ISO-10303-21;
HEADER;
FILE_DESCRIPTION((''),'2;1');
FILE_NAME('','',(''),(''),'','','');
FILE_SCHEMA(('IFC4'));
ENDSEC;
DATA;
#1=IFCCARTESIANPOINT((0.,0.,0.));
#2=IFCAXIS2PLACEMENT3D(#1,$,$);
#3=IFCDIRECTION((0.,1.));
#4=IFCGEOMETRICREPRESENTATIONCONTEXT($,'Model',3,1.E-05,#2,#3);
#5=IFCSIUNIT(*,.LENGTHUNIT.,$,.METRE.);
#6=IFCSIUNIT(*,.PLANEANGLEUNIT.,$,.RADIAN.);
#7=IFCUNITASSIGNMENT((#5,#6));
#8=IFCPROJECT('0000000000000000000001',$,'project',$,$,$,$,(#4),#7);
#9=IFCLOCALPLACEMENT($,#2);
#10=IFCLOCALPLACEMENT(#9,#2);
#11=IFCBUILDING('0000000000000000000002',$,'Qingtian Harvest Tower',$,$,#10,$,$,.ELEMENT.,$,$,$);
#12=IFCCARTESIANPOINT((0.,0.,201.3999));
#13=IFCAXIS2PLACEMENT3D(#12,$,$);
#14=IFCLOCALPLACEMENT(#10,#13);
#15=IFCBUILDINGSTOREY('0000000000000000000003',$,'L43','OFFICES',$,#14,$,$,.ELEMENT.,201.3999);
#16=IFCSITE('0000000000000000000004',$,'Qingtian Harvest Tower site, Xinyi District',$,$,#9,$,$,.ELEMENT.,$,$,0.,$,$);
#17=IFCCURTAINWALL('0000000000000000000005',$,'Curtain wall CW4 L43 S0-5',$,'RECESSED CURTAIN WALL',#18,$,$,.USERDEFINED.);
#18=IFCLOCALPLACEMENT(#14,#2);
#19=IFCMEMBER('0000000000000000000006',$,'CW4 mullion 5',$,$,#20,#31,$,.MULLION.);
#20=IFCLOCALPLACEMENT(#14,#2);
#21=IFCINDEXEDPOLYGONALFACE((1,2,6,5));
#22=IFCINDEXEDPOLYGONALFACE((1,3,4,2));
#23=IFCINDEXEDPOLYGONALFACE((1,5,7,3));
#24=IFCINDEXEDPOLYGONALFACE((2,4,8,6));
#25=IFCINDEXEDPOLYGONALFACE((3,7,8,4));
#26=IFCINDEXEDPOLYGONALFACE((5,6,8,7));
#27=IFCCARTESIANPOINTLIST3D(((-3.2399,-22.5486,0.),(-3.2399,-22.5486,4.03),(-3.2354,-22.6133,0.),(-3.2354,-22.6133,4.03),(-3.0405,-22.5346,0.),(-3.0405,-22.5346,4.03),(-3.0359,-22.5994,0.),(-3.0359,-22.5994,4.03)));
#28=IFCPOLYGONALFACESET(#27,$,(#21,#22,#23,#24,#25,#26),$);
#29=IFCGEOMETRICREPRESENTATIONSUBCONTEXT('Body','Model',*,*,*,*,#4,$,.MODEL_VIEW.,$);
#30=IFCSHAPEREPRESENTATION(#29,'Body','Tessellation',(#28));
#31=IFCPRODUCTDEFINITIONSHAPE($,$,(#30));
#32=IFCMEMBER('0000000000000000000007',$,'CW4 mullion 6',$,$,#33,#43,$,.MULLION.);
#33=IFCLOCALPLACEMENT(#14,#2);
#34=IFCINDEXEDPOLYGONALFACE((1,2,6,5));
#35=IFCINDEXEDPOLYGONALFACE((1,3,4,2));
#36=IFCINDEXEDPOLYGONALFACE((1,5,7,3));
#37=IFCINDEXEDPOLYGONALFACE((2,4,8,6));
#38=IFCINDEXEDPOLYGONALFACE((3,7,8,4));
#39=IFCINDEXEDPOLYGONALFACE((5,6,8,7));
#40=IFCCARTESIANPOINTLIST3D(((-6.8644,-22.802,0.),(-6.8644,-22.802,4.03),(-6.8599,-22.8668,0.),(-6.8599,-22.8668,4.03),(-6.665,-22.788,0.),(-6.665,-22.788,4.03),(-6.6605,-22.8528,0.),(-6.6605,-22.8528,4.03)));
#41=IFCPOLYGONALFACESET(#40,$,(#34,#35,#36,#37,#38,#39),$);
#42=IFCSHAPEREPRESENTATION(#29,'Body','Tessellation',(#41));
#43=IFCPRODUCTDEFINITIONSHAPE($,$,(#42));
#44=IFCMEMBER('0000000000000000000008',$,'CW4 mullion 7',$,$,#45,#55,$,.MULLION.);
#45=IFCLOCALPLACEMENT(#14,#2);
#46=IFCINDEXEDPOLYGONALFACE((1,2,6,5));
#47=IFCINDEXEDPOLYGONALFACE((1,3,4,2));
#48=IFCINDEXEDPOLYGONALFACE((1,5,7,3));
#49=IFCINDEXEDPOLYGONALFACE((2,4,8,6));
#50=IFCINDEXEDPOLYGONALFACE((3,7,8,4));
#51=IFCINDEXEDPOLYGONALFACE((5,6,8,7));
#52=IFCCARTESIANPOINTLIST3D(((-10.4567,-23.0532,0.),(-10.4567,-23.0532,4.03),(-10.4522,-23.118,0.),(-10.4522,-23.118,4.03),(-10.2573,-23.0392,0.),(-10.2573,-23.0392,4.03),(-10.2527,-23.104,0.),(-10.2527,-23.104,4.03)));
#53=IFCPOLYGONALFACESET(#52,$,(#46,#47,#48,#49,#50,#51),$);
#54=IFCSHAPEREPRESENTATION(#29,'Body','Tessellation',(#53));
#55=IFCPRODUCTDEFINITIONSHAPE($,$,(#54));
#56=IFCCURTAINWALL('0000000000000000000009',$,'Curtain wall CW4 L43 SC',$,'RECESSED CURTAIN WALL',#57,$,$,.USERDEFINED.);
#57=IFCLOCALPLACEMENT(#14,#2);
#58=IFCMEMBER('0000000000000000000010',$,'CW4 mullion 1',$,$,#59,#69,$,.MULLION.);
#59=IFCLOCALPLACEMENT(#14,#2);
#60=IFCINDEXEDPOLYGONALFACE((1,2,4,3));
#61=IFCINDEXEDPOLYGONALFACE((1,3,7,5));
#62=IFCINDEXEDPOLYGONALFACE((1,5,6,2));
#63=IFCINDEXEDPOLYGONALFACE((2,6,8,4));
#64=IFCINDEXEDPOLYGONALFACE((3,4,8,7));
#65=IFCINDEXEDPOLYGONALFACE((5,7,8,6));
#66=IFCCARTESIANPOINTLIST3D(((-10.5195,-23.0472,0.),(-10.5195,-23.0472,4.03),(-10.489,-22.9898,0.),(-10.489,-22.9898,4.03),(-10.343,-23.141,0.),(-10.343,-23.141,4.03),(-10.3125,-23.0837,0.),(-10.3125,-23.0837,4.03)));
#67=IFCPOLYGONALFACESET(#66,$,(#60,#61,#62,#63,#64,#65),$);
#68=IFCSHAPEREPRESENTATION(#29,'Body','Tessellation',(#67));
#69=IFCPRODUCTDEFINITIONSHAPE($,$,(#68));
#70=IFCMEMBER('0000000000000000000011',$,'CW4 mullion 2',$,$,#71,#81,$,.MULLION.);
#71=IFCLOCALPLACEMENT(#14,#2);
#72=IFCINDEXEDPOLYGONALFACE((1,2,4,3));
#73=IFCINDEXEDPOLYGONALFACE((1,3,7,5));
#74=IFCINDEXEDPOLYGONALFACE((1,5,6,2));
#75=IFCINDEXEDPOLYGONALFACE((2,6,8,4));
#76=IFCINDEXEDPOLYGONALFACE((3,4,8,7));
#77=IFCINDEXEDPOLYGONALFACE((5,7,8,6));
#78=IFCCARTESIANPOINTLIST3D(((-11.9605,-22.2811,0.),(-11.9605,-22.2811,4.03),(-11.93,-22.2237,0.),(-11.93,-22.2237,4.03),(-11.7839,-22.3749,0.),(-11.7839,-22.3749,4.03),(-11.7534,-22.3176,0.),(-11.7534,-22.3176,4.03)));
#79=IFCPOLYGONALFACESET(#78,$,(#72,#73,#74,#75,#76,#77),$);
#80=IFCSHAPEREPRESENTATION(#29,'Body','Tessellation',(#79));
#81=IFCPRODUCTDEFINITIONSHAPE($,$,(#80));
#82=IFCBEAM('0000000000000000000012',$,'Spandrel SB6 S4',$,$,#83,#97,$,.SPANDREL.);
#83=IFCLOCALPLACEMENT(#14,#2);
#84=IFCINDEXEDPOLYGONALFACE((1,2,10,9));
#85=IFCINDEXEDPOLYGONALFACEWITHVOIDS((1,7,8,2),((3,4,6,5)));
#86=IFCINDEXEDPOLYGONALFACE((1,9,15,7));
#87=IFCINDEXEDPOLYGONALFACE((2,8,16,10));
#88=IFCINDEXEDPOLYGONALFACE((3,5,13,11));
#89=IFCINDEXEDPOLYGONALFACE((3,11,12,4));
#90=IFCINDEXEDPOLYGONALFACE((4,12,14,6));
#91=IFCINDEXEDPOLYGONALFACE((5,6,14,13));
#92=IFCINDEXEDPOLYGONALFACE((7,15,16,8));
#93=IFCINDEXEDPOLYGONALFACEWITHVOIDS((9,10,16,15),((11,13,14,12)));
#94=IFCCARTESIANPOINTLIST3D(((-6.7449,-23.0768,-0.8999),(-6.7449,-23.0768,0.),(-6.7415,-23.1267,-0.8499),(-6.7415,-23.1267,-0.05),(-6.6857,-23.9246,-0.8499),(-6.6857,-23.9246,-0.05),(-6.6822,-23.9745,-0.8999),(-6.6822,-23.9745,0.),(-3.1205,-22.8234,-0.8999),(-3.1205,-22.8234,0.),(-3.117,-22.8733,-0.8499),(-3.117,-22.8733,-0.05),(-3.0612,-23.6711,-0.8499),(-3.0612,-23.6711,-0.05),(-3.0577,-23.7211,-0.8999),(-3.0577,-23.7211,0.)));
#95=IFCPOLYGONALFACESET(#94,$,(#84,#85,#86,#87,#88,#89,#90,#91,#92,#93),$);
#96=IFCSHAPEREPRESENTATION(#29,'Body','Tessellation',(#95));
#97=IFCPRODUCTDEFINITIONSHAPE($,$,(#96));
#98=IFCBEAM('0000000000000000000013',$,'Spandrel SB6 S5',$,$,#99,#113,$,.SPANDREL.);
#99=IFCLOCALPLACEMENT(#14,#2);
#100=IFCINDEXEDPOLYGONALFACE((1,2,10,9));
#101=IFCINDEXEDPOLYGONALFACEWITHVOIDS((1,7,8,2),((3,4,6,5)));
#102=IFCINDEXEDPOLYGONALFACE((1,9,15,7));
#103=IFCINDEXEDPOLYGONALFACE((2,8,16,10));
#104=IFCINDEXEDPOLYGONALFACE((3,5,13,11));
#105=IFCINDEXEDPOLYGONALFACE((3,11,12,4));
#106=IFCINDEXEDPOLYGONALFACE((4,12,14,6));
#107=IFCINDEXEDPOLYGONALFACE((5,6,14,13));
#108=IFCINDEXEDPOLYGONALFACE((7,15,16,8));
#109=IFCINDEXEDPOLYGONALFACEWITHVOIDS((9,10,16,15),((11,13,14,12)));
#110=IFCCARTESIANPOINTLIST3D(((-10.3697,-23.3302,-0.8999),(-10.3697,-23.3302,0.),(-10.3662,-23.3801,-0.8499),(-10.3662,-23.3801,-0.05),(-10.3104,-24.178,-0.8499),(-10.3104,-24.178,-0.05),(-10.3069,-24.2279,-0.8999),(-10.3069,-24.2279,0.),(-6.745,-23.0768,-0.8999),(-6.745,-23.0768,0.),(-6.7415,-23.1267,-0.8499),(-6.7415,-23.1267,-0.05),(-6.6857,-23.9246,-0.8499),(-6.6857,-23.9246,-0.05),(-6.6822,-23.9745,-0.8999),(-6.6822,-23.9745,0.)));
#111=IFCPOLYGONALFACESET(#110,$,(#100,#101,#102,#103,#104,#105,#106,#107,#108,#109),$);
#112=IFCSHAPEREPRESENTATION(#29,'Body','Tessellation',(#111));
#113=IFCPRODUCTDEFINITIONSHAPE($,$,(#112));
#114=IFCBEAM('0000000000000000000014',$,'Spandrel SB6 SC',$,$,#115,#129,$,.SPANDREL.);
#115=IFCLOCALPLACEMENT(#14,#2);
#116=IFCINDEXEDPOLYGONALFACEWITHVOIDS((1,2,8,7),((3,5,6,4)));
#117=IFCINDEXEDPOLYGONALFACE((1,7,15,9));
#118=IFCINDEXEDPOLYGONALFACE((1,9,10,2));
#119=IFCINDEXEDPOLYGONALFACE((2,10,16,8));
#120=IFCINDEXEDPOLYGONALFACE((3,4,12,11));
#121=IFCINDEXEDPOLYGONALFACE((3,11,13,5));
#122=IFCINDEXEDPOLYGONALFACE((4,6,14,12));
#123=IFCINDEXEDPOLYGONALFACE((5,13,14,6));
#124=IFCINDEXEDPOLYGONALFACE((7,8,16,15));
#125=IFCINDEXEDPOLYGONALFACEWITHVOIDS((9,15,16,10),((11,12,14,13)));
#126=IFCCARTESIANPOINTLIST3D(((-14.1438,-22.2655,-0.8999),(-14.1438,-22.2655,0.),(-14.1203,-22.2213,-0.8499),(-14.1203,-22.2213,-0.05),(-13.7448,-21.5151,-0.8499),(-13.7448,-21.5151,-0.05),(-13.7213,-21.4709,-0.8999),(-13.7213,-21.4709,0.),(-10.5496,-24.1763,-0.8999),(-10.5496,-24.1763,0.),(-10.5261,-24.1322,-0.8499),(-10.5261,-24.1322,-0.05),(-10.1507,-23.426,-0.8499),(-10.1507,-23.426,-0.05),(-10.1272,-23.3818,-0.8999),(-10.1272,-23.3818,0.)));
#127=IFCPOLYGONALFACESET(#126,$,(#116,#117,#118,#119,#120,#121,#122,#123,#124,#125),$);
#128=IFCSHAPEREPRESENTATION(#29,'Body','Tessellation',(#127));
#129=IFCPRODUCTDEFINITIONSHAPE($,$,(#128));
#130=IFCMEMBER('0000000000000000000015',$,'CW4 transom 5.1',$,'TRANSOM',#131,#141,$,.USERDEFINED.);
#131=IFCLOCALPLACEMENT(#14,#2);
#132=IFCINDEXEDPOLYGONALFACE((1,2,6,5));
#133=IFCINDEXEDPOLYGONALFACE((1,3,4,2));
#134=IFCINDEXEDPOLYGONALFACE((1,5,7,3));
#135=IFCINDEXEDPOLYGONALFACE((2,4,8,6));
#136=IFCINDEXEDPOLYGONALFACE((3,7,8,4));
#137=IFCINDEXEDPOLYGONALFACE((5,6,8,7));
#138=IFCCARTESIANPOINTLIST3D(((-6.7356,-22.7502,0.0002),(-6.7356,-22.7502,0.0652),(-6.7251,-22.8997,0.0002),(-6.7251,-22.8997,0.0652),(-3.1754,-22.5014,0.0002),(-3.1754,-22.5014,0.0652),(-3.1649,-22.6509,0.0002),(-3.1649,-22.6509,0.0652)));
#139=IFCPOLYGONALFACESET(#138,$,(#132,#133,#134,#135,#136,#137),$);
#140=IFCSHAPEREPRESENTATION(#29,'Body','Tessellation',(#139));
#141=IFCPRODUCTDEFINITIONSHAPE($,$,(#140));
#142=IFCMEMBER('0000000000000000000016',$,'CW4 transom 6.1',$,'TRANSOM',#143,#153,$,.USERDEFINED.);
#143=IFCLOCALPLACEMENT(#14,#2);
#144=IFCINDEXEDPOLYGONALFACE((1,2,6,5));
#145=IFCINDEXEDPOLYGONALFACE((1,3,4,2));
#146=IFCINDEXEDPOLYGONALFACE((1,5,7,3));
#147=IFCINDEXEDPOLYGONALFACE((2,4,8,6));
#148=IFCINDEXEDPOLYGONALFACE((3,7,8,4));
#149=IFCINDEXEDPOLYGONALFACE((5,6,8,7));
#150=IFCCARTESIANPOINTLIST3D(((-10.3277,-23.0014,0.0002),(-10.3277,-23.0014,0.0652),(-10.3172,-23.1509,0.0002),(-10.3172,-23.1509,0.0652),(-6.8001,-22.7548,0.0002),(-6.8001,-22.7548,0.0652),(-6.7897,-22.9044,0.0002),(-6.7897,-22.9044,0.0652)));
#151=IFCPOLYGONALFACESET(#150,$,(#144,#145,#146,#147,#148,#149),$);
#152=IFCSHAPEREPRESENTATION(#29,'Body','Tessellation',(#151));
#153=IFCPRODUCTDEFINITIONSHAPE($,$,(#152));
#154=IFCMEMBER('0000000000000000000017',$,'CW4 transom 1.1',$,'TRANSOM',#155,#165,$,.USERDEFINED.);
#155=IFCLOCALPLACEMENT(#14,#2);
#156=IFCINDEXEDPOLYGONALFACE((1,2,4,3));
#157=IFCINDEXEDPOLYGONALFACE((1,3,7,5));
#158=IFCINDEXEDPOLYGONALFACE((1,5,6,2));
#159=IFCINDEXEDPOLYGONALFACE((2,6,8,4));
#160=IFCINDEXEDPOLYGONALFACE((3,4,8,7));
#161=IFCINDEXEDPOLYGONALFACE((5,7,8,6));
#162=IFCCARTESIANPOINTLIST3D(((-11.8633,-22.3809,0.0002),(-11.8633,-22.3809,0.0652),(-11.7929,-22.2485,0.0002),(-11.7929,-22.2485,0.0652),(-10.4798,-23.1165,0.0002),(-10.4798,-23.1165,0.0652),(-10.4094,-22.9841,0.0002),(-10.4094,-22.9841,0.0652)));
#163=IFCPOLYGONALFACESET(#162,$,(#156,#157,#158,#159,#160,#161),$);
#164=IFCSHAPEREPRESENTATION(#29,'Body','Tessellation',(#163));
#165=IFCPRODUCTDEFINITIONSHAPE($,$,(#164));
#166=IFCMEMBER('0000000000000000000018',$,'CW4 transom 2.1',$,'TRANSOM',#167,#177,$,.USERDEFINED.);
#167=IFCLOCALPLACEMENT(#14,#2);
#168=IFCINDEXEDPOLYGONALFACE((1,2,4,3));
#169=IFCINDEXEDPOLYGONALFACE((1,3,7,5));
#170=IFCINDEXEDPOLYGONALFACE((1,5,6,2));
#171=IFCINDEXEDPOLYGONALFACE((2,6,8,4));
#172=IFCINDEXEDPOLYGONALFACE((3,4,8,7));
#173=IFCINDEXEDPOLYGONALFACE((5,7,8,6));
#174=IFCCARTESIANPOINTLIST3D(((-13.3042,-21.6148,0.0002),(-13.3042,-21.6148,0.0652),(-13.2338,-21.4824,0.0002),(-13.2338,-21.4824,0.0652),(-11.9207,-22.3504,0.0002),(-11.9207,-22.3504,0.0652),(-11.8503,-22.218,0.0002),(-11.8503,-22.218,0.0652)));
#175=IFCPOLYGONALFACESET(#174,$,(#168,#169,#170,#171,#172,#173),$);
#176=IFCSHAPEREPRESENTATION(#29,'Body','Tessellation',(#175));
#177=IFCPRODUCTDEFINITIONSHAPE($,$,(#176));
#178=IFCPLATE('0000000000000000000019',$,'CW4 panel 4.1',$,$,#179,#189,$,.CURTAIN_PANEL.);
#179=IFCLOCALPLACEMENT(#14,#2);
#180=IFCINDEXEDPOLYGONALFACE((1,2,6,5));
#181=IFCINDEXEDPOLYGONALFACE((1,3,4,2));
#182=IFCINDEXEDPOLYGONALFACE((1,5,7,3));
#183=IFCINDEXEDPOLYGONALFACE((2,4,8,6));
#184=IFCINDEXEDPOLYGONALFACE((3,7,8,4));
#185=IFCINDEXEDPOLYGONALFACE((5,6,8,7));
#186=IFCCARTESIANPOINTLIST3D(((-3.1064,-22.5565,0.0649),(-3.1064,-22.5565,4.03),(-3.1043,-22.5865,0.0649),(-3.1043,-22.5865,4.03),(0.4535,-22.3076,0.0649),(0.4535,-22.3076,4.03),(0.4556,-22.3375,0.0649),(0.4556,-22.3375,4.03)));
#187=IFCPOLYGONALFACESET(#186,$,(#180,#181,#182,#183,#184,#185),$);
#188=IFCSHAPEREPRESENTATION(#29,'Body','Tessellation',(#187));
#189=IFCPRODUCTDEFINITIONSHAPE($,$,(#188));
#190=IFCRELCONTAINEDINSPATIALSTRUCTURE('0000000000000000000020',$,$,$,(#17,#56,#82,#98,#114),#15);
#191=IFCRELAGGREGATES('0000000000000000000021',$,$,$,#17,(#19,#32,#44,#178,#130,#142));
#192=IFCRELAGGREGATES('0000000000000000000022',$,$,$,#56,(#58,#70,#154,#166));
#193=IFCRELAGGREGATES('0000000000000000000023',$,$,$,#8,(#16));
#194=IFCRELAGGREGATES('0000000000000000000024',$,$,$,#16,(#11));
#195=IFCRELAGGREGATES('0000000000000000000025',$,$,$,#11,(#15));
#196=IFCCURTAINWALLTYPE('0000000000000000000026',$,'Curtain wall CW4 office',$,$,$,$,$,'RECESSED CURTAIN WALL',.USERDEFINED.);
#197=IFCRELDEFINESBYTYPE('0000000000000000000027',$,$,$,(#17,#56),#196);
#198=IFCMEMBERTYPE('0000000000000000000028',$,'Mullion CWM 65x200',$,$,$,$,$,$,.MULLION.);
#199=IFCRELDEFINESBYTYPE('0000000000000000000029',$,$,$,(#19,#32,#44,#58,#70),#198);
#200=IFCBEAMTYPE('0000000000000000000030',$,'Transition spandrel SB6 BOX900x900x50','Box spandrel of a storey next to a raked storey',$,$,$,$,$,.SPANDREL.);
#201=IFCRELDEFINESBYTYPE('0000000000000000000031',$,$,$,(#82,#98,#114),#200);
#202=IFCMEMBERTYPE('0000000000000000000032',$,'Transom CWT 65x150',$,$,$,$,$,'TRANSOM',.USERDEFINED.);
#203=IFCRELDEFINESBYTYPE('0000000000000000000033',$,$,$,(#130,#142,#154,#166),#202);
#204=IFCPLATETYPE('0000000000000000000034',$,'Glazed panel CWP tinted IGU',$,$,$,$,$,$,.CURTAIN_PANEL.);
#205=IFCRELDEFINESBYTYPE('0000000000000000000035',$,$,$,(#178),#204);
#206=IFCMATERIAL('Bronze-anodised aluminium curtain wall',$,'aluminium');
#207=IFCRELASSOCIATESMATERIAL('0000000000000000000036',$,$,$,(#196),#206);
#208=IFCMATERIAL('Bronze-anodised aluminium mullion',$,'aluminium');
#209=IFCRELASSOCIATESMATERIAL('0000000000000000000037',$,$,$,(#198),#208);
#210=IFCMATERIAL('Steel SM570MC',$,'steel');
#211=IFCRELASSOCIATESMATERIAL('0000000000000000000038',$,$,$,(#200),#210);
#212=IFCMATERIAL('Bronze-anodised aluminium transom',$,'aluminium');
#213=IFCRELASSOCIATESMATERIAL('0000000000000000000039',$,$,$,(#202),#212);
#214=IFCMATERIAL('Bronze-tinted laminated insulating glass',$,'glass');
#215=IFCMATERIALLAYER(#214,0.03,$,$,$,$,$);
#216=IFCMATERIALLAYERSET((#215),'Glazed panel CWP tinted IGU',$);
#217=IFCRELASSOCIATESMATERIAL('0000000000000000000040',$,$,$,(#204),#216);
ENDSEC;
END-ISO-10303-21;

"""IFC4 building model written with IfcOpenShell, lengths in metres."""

from ifc_helpers import new_model, si_unit, direction, frame, origin, origin_2d, place, context, subcontext, project, spatial, rectangle, hollow_rectangle, extrude, material, layer, layer_set, material_profile, profile_set, type_object, element, aggregate, save


model = new_model("IFC4")

# Units and contexts
model_context = context("Model", 3, precision=1e-05, world=origin(), true_north=direction((0.0, 1.0)))
body_context = subcontext(model_context, "Body", "Model", "MODEL_VIEW")
ifc_project = project(units=[si_unit("LENGTHUNIT", "METRE"), si_unit("PLANEANGLEUNIT", "RADIAN")], contexts=[model_context])

# Site, building, storey
site_placement = place(None, origin())
site = spatial("IfcSite", under=ifc_project, at=site_placement, Name="Qingtian Harvest Tower site, Xinyi District", CompositionType="ELEMENT", RefElevation=0.0)
building_placement = place(site_placement, origin())
building = spatial("IfcBuilding", under=site, at=building_placement, Name="Qingtian Harvest Tower", CompositionType="ELEMENT")
storey_placement = place(building_placement, frame((0.0, 0.0, 201.3999)))
storey = spatial("IfcBuildingStorey", under=building, at=storey_placement, Name="L43", Description="OFFICES", CompositionType="ELEMENT", Elevation=201.3999)

# Curtain walls, members
ifc_material_1 = material(Name="Bronze-anodised aluminium curtain wall", Category="aluminium")
curtain_wall_type = type_object("IfcCurtainWallType", Name="Curtain wall CW4 office", ElementType="RECESSED CURTAIN WALL", PredefinedType="USERDEFINED", material=ifc_material_1)
curtain_wall_1_placement = place(storey_placement, origin())
curtain_wall_1 = element("IfcCurtainWall", 1, at=curtain_wall_1_placement, inside=storey, type_object=curtain_wall_type, Name="Curtain wall CW4 L43 S0-5", ObjectType="RECESSED CURTAIN WALL", PredefinedType="USERDEFINED")
ifc_material_2 = material(Name="Bronze-anodised aluminium mullion", Category="aluminium")
ifc_material_profile_1 = material_profile(ifc_material_2, rectangle(XDim=0.0649, YDim=0.2, at=origin_2d()), Name="AL 65x200")
ifc_profile_set_1 = profile_set([ifc_material_profile_1], Name="Bronze-anodised aluminium mullion")
member_type_1 = type_object("IfcMemberType", Name="Mullion CWM 65x200", PredefinedType="MULLION", material=ifc_profile_set_1)
member_1_placement = place(storey_placement, frame((-3.1379, -22.574, 0.0), z_axis=(0.0, 0.0, 1.0), x_axis=(0.069756, -0.997564, 0.0)))
member_1 = element("IfcMember", 2, at=member_1_placement, type_object=member_type_1, Name="CW4 mullion 5", PredefinedType="MULLION", context=body_context, shape_type="SweptSolid", body=[
    extrude(rectangle(XDim=0.0649, YDim=0.2, at=origin_2d()), origin(), (0.0, 0.0, 1.0), 4.03),
])
member_2_placement = place(storey_placement, frame((-6.7625, -22.8274, 0.0), z_axis=(0.0, 0.0, 1.0), x_axis=(0.069756, -0.997564, 0.0)))
member_2 = element("IfcMember", 3, at=member_2_placement, type_object=member_type_1, Name="CW4 mullion 6", PredefinedType="MULLION", context=body_context, shape_type="SweptSolid", body=[
    extrude(rectangle(XDim=0.0649, YDim=0.2, at=origin_2d()), origin(), (0.0, 0.0, 1.0), 4.03),
])
member_3_placement = place(storey_placement, frame((-10.3547, -23.0786, 0.0), z_axis=(0.0, 0.0, 1.0), x_axis=(0.069756, -0.997564, 0.0)))
member_3 = element("IfcMember", 4, at=member_3_placement, type_object=member_type_1, Name="CW4 mullion 7", PredefinedType="MULLION", context=body_context, shape_type="SweptSolid", body=[
    extrude(rectangle(XDim=0.0649, YDim=0.2, at=origin_2d()), origin(), (0.0, 0.0, 1.0), 4.03),
])
curtain_wall_2_placement = place(storey_placement, origin())
curtain_wall_2 = element("IfcCurtainWall", 5, at=curtain_wall_2_placement, inside=storey, type_object=curtain_wall_type, Name="Curtain wall CW4 L43 SC", ObjectType="RECESSED CURTAIN WALL", PredefinedType="USERDEFINED")
member_4_placement = place(storey_placement, frame((-10.416, -23.0654, 0.0), z_axis=(0.0, 0.0, 1.0), x_axis=(-0.469472, -0.882948, 0.0)))
member_4 = element("IfcMember", 6, at=member_4_placement, type_object=member_type_1, Name="CW4 mullion 1", PredefinedType="MULLION", context=body_context, shape_type="SweptSolid", body=[
    extrude(rectangle(XDim=0.0649, YDim=0.2, at=origin_2d()), origin(), (0.0, 0.0, 1.0), 4.03),
])
member_5_placement = place(storey_placement, frame((-11.8569, -22.2993, 0.0), z_axis=(0.0, 0.0, 1.0), x_axis=(-0.469472, -0.882948, 0.0)))
member_5 = element("IfcMember", 7, at=member_5_placement, type_object=member_type_1, Name="CW4 mullion 2", PredefinedType="MULLION", context=body_context, shape_type="SweptSolid", body=[
    extrude(rectangle(XDim=0.0649, YDim=0.2, at=origin_2d()), origin(), (0.0, 0.0, 1.0), 4.03),
])

# Beams
ifc_material_3 = material(Name="Steel SM570MC", Category="steel")
ifc_material_profile_2 = material_profile(ifc_material_3, hollow_rectangle(XDim=0.8999, YDim=0.8999, WallThickness=0.05, at=origin_2d()), Name="BOX900x900x50")
ifc_profile_set_2 = profile_set([ifc_material_profile_2], Name="Steel SM570MC")
beam_type_1 = type_object("IfcBeamType", Name="Transition spandrel SB6 BOX900x900x50", Description="Box spandrel of a storey next to a raked storey", PredefinedType="SPANDREL", material=ifc_profile_set_2)
beam_1_placement = place(storey_placement, frame((-3.0891, -23.2722, -0.45), z_axis=(-0.997565, -0.069748, 0.0), x_axis=(0.069748, -0.997565, 0.0)))
element("IfcBeam", 8, at=beam_1_placement, inside=storey, type_object=beam_type_1, Name="Spandrel SB6 S4", PredefinedType="SPANDREL", context=body_context, shape_type="SweptSolid", body=[
    extrude(hollow_rectangle(XDim=0.8999, YDim=0.8999, WallThickness=0.05, at=origin_2d()), origin(), (0.0, 0.0, 1.0), 3.6333),
])
beam_2_placement = place(storey_placement, frame((-6.7136, -23.5256, -0.45), z_axis=(-0.997565, -0.069743, 0.0), x_axis=(0.069743, -0.997565, 0.0)))
element("IfcBeam", 9, at=beam_2_placement, inside=storey, type_object=beam_type_1, Name="Spandrel SB6 S5", PredefinedType="SPANDREL", context=body_context, shape_type="SweptSolid", body=[
    extrude(hollow_rectangle(XDim=0.8999, YDim=0.8999, WallThickness=0.05, at=origin_2d()), origin(), (0.0, 0.0, 1.0), 3.6335),
])
beam_3_placement = place(storey_placement, frame((-10.3384, -23.7791, -0.45), z_axis=(-0.882968, 0.469433, 0.0), x_axis=(-0.469433, -0.882968, 0.0)))
element("IfcBeam", 10, at=beam_3_placement, inside=storey, type_object=beam_type_1, Name="Spandrel SB6 SC", PredefinedType="SPANDREL", context=body_context, shape_type="SweptSolid", body=[
    extrude(hollow_rectangle(XDim=0.8999, YDim=0.8999, WallThickness=0.05, at=origin_2d()), origin(), (0.0, 0.0, 1.0), 4.0706),
])

# Members
ifc_material_4 = material(Name="Bronze-anodised aluminium transom", Category="aluminium")
ifc_material_profile_3 = material_profile(ifc_material_4, rectangle(XDim=0.1499, YDim=0.0649, at=origin_2d()), Name="AL 65x150")
ifc_profile_set_3 = profile_set([ifc_material_profile_3], Name="Bronze-anodised aluminium transom")
member_type_2 = type_object("IfcMemberType", Name="Transom CWT 65x150", ElementType="TRANSOM", PredefinedType="USERDEFINED", material=ifc_profile_set_3)
member_6_placement = place(storey_placement, frame((-3.1702, -22.5762, 0.0327), z_axis=(-0.997567, -0.069711, 0.0), x_axis=(0.069711, -0.997567, 0.0)))
member_6 = element("IfcMember", 11, at=member_6_placement, type_object=member_type_2, Name="CW4 transom 5.1", ObjectType="TRANSOM", PredefinedType="USERDEFINED", context=body_context, shape_type="SweptSolid", body=[
    extrude(rectangle(XDim=0.1499, YDim=0.0649, at=origin_2d()), origin(), (0.0, 0.0, 1.0), 3.5688),
])
member_7_placement = place(storey_placement, frame((-6.7949, -22.8296, 0.0327), z_axis=(-0.997566, -0.069731, 0.0), x_axis=(0.069731, -0.997566, 0.0)))
member_7 = element("IfcMember", 12, at=member_7_placement, type_object=member_type_2, Name="CW4 transom 6.1", ObjectType="TRANSOM", PredefinedType="USERDEFINED", context=body_context, shape_type="SweptSolid", body=[
    extrude(rectangle(XDim=0.1499, YDim=0.0649, at=origin_2d()), origin(), (0.0, 0.0, 1.0), 3.5361),
])
member_8_placement = place(storey_placement, frame((-10.4446, -23.0503, 0.0327), z_axis=(-0.88296, 0.469448, 0.0), x_axis=(-0.469448, -0.88296, 0.0)))
member_8 = element("IfcMember", 13, at=member_8_placement, type_object=member_type_2, Name="CW4 transom 1.1", ObjectType="TRANSOM", PredefinedType="USERDEFINED", context=body_context, shape_type="SweptSolid", body=[
    extrude(rectangle(XDim=0.1499, YDim=0.0649, at=origin_2d()), origin(), (0.0, 0.0, 1.0), 1.5669),
])
member_9_placement = place(storey_placement, frame((-11.8855, -22.2842, 0.0327), z_axis=(-0.88296, 0.469448, 0.0), x_axis=(-0.469448, -0.88296, 0.0)))
member_9 = element("IfcMember", 14, at=member_9_placement, type_object=member_type_2, Name="CW4 transom 2.1", ObjectType="TRANSOM", PredefinedType="USERDEFINED", context=body_context, shape_type="SweptSolid", body=[
    extrude(rectangle(XDim=0.1499, YDim=0.0649, at=origin_2d()), origin(), (0.0, 0.0, 1.0), 1.5669),
])

# Plate
ifc_material_5 = material(Name="Bronze-tinted laminated insulating glass", Category="glass")
ifc_layer_1 = layer(ifc_material_5, 0.03)
ifc_layer_set_1 = layer_set([ifc_layer_1], Name="Glazed panel CWP tinted IGU")
plate_type = type_object("IfcPlateType", Name="Glazed panel CWP tinted IGU", PredefinedType="CURTAIN_PANEL", material=ifc_layer_set_1)
plate_1_placement = place(storey_placement, frame((-1.3254, -22.447, 0.0649), z_axis=(0.0, 0.0, 1.0), x_axis=(-0.997564, -0.069756, 0.0)))
plate_1 = element("IfcPlate", 15, at=plate_1_placement, type_object=plate_type, Name="CW4 panel 4.1", PredefinedType="CURTAIN_PANEL", context=body_context, shape_type="SweptSolid", body=[
    extrude(rectangle(XDim=3.5686, YDim=0.03, at=origin_2d()), origin(), (0.0, 0.0, 1.0), 3.9651),
])
aggregate(curtain_wall_1, [member_1, member_2, member_3, plate_1, member_6, member_7])
aggregate(curtain_wall_2, [member_4, member_5, member_8, member_9])

save(model, "model.ifc")
